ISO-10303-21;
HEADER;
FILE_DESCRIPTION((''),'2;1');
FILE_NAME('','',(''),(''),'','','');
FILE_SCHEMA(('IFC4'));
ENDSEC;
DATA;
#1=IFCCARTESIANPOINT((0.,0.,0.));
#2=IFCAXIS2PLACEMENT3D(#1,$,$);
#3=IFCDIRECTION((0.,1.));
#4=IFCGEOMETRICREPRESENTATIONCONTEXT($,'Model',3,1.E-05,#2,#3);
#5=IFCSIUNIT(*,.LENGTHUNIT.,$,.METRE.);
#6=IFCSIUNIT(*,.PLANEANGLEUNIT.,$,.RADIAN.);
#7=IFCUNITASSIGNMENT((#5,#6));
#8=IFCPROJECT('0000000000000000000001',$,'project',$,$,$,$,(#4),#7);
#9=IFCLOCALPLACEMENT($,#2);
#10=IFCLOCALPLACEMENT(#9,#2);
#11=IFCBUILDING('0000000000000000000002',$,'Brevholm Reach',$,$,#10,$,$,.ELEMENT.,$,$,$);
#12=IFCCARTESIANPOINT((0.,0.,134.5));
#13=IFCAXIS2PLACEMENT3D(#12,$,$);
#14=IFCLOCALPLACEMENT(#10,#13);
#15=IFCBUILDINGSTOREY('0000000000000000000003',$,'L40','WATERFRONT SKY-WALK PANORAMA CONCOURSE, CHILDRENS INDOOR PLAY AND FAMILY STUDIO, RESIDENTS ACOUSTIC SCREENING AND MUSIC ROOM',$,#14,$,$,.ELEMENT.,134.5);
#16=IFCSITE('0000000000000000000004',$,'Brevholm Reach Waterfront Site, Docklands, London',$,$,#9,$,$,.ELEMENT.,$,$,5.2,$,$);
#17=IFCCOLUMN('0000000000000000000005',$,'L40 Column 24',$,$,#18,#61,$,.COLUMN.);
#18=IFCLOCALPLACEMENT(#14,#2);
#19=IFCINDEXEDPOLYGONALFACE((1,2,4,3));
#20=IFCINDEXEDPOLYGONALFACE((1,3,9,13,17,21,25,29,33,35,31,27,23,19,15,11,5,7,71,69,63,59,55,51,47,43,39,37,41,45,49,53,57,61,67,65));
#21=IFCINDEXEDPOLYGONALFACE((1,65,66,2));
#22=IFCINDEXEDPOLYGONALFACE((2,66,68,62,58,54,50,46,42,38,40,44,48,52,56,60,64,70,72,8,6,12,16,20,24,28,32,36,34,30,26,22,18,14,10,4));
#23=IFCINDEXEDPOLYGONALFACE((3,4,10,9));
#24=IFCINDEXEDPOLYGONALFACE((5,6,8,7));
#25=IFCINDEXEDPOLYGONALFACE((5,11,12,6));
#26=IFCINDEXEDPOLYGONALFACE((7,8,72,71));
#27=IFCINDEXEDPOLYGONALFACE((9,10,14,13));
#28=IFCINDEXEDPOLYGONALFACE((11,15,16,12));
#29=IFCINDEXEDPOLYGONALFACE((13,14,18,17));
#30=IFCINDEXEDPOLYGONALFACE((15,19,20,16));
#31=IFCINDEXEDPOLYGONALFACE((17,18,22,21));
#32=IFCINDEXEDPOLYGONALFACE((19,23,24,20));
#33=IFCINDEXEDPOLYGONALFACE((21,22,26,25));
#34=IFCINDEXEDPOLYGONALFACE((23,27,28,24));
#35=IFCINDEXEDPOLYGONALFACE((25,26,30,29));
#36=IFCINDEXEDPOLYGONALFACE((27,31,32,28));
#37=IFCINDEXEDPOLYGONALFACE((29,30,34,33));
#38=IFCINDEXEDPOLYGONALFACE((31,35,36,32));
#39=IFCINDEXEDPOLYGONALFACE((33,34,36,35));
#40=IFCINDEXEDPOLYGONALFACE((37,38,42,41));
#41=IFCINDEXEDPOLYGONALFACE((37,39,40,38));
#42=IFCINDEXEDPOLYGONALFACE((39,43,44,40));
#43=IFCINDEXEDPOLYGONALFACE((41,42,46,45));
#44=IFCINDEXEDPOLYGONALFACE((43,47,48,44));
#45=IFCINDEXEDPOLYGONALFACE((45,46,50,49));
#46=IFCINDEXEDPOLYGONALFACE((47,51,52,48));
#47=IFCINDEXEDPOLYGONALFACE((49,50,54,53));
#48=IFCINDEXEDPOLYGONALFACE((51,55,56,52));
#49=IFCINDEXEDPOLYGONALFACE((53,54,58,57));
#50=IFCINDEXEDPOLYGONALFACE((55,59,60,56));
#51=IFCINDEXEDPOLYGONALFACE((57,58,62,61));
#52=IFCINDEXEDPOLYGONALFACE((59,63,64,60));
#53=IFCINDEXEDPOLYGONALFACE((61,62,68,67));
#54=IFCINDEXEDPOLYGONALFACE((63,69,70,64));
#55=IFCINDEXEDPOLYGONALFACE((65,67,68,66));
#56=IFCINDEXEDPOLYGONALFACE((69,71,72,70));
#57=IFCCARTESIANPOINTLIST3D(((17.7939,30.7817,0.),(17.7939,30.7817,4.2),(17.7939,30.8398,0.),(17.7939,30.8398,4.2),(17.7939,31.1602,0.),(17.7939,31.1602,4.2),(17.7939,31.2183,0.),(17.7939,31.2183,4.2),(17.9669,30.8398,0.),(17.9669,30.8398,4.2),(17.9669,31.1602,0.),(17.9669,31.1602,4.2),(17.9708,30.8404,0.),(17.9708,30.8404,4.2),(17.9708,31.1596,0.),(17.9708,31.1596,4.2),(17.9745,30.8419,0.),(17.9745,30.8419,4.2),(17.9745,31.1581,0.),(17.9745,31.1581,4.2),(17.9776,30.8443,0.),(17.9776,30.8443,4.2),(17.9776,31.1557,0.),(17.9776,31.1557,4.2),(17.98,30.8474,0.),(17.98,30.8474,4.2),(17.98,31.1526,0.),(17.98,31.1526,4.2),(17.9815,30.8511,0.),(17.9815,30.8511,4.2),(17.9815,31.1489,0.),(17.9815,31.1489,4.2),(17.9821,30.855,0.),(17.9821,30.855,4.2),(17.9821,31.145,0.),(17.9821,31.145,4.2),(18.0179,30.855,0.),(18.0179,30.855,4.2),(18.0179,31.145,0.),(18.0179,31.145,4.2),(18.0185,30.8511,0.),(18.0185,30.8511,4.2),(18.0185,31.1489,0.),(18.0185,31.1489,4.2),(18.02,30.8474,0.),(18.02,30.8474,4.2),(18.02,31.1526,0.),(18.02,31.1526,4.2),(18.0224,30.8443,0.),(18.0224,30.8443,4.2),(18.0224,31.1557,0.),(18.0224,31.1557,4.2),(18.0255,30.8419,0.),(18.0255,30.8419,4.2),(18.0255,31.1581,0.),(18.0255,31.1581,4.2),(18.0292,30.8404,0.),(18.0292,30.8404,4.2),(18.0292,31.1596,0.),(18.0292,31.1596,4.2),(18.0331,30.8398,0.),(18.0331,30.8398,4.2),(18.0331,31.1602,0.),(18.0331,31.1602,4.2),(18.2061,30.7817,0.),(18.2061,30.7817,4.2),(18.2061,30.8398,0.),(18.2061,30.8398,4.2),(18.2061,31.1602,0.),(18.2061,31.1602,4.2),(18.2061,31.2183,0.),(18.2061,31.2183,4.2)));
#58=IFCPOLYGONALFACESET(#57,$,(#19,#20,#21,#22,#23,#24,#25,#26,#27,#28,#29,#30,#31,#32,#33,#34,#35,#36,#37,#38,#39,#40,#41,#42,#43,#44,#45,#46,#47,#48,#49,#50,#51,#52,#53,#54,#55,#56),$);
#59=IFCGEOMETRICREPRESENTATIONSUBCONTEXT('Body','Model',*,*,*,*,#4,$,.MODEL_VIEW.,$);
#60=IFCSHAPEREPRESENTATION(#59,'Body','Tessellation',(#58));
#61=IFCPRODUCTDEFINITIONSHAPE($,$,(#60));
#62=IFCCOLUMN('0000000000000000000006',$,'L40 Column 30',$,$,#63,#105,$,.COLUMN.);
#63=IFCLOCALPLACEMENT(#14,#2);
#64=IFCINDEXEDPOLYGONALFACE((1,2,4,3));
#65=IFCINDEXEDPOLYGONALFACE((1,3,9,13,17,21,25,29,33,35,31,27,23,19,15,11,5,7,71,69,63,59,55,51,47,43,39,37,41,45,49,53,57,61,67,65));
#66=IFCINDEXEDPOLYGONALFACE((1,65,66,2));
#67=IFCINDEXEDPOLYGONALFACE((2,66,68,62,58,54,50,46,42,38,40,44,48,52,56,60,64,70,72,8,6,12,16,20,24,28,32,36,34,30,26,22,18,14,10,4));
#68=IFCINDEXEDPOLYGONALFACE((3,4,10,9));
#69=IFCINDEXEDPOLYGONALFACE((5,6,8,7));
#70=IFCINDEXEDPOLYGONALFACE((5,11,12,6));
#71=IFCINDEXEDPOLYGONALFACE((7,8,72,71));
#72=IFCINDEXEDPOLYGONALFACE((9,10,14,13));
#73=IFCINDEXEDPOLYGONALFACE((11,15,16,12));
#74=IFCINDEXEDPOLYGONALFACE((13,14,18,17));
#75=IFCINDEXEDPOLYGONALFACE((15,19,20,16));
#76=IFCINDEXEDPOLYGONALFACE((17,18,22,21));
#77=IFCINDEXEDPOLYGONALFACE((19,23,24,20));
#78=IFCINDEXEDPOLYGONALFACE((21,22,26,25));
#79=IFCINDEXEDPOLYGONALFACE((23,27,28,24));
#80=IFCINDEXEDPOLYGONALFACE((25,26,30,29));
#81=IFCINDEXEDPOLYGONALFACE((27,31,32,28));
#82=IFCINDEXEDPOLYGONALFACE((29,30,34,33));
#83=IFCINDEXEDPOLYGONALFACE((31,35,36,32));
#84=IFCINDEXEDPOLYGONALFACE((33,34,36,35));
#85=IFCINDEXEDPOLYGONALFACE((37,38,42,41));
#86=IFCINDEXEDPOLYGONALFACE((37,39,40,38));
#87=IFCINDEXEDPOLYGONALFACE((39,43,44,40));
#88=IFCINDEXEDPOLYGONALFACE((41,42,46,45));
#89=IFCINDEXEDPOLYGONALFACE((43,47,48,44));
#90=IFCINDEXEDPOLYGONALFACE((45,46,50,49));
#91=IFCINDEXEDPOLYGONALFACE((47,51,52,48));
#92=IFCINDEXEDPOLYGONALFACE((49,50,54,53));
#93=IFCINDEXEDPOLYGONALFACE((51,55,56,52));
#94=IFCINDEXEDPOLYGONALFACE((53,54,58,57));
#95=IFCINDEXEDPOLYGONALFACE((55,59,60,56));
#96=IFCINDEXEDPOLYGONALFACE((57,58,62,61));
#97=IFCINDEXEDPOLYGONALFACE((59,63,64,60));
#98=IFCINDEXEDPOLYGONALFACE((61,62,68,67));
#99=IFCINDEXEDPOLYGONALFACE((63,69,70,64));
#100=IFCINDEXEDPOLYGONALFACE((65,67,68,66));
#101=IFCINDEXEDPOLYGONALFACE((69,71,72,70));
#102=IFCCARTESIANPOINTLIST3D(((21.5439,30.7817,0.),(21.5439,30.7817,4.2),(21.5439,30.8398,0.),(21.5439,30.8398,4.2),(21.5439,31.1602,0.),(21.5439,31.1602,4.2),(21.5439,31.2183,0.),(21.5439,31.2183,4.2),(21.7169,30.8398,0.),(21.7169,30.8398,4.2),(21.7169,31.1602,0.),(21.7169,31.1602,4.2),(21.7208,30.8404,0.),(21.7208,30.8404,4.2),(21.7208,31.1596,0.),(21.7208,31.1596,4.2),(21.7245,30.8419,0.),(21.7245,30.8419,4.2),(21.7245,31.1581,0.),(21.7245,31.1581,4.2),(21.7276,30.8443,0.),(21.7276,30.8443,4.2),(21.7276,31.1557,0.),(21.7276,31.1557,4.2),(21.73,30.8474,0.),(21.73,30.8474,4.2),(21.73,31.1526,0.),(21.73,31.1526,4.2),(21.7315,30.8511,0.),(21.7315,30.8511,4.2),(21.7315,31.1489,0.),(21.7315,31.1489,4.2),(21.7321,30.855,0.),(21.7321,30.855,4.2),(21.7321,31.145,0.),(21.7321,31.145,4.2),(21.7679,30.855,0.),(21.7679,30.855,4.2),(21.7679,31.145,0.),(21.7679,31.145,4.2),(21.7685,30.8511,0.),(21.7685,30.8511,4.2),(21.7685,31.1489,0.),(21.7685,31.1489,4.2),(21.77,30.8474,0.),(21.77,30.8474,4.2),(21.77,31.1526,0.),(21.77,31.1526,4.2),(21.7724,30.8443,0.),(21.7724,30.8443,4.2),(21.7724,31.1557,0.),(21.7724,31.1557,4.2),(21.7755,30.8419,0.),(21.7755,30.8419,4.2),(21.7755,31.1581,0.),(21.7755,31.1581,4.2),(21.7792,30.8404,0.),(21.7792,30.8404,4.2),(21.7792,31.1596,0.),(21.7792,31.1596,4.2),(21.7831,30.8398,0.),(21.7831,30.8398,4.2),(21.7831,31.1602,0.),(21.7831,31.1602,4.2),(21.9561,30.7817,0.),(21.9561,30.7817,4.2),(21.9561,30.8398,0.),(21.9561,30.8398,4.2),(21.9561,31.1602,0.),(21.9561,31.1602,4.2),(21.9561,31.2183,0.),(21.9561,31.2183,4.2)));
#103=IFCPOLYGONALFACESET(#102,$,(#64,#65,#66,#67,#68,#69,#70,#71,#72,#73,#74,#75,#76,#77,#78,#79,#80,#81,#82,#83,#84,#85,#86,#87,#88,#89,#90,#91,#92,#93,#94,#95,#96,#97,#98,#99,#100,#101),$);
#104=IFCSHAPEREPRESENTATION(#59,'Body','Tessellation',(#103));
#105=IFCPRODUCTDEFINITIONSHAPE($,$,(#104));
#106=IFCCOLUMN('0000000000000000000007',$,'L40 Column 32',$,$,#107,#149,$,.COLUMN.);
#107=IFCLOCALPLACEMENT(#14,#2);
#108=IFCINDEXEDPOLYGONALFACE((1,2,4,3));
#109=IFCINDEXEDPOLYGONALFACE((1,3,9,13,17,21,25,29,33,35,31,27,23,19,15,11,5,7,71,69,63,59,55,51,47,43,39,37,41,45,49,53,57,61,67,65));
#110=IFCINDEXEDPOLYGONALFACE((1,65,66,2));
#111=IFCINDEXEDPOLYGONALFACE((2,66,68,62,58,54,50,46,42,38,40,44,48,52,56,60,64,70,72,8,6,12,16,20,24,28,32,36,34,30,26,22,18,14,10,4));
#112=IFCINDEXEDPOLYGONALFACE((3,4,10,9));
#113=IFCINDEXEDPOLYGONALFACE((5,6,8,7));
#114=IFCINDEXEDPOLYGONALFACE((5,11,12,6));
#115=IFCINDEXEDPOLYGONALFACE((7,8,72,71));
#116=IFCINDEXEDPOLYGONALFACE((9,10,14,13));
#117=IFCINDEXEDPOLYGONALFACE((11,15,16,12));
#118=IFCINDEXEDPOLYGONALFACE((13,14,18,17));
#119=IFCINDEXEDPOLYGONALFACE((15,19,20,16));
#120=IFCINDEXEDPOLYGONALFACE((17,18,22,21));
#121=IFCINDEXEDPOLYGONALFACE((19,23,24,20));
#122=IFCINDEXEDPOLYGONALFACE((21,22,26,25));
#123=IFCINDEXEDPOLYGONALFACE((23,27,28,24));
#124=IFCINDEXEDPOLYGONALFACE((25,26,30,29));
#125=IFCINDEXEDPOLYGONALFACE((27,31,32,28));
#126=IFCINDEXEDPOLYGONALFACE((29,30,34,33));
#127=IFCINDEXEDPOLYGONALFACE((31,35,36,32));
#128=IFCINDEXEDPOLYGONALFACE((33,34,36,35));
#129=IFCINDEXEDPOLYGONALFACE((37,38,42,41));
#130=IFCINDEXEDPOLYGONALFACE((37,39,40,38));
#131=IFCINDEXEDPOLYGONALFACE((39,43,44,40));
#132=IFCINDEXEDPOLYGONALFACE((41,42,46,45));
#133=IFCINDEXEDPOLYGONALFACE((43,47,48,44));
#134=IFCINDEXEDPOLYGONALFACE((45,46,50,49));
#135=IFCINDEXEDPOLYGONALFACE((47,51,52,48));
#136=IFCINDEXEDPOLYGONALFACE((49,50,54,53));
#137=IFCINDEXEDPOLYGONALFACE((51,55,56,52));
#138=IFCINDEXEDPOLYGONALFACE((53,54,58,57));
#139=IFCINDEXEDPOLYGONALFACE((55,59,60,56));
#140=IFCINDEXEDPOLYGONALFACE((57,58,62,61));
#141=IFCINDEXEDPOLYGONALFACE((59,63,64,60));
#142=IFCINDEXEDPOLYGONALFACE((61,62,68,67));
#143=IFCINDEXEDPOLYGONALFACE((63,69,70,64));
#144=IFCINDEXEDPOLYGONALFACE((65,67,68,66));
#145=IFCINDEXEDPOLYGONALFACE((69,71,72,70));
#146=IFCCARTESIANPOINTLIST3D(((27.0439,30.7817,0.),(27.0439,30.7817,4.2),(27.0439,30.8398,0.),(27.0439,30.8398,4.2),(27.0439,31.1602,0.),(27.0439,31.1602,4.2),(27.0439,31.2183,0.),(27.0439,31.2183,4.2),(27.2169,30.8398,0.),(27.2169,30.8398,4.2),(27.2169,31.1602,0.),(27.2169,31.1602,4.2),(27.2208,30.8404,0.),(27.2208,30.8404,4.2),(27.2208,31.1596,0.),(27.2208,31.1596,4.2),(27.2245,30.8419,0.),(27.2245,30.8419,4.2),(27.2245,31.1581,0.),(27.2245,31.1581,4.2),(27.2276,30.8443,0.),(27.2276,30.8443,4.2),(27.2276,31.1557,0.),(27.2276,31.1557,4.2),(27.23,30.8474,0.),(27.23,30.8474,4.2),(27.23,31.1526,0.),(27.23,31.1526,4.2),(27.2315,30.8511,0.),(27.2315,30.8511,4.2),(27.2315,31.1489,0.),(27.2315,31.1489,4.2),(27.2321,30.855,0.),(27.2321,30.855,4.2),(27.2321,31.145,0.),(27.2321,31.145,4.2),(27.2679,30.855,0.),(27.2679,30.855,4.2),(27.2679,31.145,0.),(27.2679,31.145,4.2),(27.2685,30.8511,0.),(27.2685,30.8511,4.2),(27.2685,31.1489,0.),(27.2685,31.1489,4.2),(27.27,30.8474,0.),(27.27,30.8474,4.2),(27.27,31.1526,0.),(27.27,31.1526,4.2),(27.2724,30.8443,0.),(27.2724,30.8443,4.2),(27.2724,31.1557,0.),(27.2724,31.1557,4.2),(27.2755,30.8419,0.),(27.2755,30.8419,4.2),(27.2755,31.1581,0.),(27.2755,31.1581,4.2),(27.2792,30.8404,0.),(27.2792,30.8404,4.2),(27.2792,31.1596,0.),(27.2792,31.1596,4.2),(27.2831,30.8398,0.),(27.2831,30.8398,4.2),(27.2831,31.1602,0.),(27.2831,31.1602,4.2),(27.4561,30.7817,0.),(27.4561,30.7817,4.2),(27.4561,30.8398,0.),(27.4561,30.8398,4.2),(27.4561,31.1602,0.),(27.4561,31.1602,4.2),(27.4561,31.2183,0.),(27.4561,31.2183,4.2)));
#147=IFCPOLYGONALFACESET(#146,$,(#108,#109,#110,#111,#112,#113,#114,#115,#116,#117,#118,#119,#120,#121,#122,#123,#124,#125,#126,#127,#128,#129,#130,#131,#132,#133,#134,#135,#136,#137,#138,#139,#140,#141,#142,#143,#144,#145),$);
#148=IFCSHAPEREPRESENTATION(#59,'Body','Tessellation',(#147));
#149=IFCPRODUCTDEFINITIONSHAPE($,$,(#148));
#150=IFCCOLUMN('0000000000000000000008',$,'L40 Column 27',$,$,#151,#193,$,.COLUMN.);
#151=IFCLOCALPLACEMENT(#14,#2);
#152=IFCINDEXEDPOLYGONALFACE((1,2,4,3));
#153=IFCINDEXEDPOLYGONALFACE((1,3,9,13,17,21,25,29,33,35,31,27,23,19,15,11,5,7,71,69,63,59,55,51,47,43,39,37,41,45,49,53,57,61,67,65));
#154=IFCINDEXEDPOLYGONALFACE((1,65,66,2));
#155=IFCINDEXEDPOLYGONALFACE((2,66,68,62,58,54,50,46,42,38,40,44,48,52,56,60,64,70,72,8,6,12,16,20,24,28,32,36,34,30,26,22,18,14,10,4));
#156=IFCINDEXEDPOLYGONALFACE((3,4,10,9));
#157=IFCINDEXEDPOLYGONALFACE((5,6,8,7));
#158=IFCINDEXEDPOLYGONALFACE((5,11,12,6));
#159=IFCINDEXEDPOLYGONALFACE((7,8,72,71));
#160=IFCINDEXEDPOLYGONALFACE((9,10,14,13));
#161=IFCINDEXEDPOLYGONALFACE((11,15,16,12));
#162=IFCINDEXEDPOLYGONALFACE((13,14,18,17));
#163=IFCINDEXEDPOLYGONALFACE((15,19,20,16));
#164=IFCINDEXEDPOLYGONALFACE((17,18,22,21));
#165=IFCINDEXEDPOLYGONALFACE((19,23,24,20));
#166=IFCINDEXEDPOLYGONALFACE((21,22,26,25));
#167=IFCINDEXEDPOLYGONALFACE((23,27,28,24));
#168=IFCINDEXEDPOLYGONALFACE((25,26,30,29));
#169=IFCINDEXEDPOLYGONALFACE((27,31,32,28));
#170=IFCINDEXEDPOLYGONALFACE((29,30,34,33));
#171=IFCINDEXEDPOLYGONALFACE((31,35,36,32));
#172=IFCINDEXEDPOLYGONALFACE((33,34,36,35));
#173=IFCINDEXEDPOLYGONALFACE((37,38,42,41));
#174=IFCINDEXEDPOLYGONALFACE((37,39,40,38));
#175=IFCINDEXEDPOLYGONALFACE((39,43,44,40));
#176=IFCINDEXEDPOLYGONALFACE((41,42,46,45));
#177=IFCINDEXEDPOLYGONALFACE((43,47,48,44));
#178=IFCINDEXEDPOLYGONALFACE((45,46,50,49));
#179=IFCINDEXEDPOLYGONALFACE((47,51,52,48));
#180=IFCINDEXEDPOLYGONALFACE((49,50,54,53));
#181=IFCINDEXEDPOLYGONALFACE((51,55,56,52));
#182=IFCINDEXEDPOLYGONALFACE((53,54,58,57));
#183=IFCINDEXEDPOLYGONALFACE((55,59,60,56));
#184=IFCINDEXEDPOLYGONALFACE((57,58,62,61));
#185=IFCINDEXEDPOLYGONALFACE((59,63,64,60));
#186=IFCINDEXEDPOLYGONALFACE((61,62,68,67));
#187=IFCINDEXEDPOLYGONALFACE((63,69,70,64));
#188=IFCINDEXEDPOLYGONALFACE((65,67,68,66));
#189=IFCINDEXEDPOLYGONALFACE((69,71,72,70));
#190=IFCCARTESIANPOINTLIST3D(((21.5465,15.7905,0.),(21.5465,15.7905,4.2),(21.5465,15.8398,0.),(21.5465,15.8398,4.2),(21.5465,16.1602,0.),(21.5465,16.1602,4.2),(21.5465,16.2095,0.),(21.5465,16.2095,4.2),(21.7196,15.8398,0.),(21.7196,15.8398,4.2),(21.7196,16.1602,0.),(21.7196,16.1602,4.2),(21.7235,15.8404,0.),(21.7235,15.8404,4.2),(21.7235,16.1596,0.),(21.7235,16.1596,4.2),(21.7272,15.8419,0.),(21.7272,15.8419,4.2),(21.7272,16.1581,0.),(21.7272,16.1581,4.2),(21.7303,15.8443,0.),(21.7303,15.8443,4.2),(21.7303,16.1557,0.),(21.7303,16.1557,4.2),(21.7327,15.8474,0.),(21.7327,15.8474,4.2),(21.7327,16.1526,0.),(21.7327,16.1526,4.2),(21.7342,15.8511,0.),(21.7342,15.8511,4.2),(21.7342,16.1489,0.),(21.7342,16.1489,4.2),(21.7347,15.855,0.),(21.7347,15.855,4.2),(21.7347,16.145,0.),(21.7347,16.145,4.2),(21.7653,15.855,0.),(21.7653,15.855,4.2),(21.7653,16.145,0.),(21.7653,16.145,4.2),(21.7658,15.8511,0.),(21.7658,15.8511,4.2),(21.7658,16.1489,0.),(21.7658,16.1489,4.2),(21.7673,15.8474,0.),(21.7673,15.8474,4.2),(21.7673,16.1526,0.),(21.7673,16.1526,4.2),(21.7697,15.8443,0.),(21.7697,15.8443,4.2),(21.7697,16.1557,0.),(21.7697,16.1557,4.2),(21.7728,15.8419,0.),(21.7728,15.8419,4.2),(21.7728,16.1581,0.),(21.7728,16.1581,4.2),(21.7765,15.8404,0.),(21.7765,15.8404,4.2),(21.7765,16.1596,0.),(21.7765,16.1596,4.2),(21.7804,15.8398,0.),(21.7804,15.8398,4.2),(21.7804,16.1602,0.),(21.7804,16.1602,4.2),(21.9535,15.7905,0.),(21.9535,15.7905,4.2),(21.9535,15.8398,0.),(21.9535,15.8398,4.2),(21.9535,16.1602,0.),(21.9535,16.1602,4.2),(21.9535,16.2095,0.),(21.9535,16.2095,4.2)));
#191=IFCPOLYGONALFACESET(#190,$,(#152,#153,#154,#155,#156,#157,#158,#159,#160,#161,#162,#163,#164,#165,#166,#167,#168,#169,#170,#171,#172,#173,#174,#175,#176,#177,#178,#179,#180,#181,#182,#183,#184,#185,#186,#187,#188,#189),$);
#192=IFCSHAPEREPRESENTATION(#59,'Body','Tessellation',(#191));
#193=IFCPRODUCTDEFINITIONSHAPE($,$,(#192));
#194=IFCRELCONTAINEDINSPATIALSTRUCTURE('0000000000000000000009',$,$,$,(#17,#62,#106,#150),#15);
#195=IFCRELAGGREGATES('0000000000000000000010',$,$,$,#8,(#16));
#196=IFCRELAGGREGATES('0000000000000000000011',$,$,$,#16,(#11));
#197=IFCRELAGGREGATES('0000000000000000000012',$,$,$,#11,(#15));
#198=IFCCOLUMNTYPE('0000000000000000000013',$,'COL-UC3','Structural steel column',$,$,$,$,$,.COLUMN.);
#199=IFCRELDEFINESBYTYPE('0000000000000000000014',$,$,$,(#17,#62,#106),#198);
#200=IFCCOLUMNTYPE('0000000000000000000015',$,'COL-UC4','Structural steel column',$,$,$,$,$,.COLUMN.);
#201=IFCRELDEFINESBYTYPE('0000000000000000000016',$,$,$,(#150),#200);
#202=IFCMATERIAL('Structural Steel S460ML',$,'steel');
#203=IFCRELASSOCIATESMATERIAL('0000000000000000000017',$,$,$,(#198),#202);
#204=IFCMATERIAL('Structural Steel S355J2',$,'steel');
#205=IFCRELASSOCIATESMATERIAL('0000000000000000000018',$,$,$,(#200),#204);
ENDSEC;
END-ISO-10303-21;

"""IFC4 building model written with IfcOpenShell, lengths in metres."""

from ifc_helpers import new_model, si_unit, direction, frame, origin, origin_2d, place, context, subcontext, project, spatial, i_section, extrude, material, material_profile, profile_set, type_object, element, save


model = new_model("IFC4")

# Units and contexts
model_context = context("Model", 3, precision=1e-05, world=origin(), true_north=direction((0.0, 1.0)))
body_context = subcontext(model_context, "Body", "Model", "MODEL_VIEW")
ifc_project = project(units=[si_unit("LENGTHUNIT", "METRE"), si_unit("PLANEANGLEUNIT", "RADIAN")], contexts=[model_context])

# Site, building, storey
site_placement = place(None, origin())
site = spatial("IfcSite", under=ifc_project, at=site_placement, Name="Brevholm Reach Waterfront Site, Docklands, London", CompositionType="ELEMENT", RefElevation=5.2)
building_placement = place(site_placement, origin())
building = spatial("IfcBuilding", under=site, at=building_placement, Name="Brevholm Reach", CompositionType="ELEMENT")
storey_placement = place(building_placement, frame((0.0, 0.0, 134.5)))
storey = spatial("IfcBuildingStorey", under=building, at=storey_placement, Name="L40", Description="WATERFRONT SKY-WALK PANORAMA CONCOURSE, CHILDRENS INDOOR PLAY AND FAMILY STUDIO, RESIDENTS ACOUSTIC SCREENING AND MUSIC ROOM", CompositionType="ELEMENT", Elevation=134.5)

# Columns
ifc_material_1 = material(Name="Structural Steel S460ML", Category="steel")
ifc_material_profile_1 = material_profile(ifc_material_1, i_section(OverallWidth=0.4121, OverallDepth=0.4365, WebThickness=0.0359, FlangeThickness=0.0581, FilletRadius=0.0151, at=origin_2d()), Name="UKC 356x406x467")
ifc_profile_set_1 = profile_set([ifc_material_profile_1], Name="Structural Steel S460ML")
column_type_1 = type_object("IfcColumnType", Name="COL-UC3", Description="Structural steel column", PredefinedType="COLUMN", material=ifc_profile_set_1)
for number, where, z_axis, x_axis, name in (
    (1, (18.0, 31.0, 0.0), (0.0, 0.0, 1.0), (1.0, 0.0, 0.0), "L40 Column 24"),
    (2, (21.75, 31.0, 0.0), (0.0, 0.0, 1.0), (1.0, 0.0, 0.0), "L40 Column 30"),
    (3, (27.25, 31.0, 0.0), (0.0, 0.0, 1.0), (1.0, 0.0, 0.0), "L40 Column 32"),
):
    element("IfcColumn", number, at=place(storey_placement, frame(where, z_axis=z_axis, x_axis=x_axis)), inside=storey, type_object=column_type_1, Name=name, PredefinedType="COLUMN", context=body_context, shape_type="SweptSolid", body=[
        extrude(i_section(OverallWidth=0.4121, OverallDepth=0.4365, WebThickness=0.0359, FlangeThickness=0.0581, FilletRadius=0.0151, at=origin_2d()), origin(), (0.0, 0.0, 1.0), 4.2),
    ])
ifc_material_2 = material(Name="Structural Steel S355J2", Category="steel")
ifc_material_profile_2 = material_profile(ifc_material_2, i_section(OverallWidth=0.407, OverallDepth=0.4189, WebThickness=0.0305, FlangeThickness=0.0493, FilletRadius=0.0151, at=origin_2d()), Name="UKC 356x406x393")
ifc_profile_set_2 = profile_set([ifc_material_profile_2], Name="Structural Steel S355J2")
column_type_2 = type_object("IfcColumnType", Name="COL-UC4", Description="Structural steel column", PredefinedType="COLUMN", material=ifc_profile_set_2)
for number, where, z_axis, x_axis, name in (
    (4, (21.75, 16.0, 0.0), (0.0, 0.0, 1.0), (1.0, 0.0, 0.0), "L40 Column 27"),
):
    element("IfcColumn", number, at=place(storey_placement, frame(where, z_axis=z_axis, x_axis=x_axis)), inside=storey, type_object=column_type_2, Name=name, PredefinedType="COLUMN", context=body_context, shape_type="SweptSolid", body=[
        extrude(i_section(OverallWidth=0.407, OverallDepth=0.4189, WebThickness=0.0305, FlangeThickness=0.0493, FilletRadius=0.0151, at=origin_2d()), origin(), (0.0, 0.0, 1.0), 4.2),
    ])

save(model, "model.ifc")
